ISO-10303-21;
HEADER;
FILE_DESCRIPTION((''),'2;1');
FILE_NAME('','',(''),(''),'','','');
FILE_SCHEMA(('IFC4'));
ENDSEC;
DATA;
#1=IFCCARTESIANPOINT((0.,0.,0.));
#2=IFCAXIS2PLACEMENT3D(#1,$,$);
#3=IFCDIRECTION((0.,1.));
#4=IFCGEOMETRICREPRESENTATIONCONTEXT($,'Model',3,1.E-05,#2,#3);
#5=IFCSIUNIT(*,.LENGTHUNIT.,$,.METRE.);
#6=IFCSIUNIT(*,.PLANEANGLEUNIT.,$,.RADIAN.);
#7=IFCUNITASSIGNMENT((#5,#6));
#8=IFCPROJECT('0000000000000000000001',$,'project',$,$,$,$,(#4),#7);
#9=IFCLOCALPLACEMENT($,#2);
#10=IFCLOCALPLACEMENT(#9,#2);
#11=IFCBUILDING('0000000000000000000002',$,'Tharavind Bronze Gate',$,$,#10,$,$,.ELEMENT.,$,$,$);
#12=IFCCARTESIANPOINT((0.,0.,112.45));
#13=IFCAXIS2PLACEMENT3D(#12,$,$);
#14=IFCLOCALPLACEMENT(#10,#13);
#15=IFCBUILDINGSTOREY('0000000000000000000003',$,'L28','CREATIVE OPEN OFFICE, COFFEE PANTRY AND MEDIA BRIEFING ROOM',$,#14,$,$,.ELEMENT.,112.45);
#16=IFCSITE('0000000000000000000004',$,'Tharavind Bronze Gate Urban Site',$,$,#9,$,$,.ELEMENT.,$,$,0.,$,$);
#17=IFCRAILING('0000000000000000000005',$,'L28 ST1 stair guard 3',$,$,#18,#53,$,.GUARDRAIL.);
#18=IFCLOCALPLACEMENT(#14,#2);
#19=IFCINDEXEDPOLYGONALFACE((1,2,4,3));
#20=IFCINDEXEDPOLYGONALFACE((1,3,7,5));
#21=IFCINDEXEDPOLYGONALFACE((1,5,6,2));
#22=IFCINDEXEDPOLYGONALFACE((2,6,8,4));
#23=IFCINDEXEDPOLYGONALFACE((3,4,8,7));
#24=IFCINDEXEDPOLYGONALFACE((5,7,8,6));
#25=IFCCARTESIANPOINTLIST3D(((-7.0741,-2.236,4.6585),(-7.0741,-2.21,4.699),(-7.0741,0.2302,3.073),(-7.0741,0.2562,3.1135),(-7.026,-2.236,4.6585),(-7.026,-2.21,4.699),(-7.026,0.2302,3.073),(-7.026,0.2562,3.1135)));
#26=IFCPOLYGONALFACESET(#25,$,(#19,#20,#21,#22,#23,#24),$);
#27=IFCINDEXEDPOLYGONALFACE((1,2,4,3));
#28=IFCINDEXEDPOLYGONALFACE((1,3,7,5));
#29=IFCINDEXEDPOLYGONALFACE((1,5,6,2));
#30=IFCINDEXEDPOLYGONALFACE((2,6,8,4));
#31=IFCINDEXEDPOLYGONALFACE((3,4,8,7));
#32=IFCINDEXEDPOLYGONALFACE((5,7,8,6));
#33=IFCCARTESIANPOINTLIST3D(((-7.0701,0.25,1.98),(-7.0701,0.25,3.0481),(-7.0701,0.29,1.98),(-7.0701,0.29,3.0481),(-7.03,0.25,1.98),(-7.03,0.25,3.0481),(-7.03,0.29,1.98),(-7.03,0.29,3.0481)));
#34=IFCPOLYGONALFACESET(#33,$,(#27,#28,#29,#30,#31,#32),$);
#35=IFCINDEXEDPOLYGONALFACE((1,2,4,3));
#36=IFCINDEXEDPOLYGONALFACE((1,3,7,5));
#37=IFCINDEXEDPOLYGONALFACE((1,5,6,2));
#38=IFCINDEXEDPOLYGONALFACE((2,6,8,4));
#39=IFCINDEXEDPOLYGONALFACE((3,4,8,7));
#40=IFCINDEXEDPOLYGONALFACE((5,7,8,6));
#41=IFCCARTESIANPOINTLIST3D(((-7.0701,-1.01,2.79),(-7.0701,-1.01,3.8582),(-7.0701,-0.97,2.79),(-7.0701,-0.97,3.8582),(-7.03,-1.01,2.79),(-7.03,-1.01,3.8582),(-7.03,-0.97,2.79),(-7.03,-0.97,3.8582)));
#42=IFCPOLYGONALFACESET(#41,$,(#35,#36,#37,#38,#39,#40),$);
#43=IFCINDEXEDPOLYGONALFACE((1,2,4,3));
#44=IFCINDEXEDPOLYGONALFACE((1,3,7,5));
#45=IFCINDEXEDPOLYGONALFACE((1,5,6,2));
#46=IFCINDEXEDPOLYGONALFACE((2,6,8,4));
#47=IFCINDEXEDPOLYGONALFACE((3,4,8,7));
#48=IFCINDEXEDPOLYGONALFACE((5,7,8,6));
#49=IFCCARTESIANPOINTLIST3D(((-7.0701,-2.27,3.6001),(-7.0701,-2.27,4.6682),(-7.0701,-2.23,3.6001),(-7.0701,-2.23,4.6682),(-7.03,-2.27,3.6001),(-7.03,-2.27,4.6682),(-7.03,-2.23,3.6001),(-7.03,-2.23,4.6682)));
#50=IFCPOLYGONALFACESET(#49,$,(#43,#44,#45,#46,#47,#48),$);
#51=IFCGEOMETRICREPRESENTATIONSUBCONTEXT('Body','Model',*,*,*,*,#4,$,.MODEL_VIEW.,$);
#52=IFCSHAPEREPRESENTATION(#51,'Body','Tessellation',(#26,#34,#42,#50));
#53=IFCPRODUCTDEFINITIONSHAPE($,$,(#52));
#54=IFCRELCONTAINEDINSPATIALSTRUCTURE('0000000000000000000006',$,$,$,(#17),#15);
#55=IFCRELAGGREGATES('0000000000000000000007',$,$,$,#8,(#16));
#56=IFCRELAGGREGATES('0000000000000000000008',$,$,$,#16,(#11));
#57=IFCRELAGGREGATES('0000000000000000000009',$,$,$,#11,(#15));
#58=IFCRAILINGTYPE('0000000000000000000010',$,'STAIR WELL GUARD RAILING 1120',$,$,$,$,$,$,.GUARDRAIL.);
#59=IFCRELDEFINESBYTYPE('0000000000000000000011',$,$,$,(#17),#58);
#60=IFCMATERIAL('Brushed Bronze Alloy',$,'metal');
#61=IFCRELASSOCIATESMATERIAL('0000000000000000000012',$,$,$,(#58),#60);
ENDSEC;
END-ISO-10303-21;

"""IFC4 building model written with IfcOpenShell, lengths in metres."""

from ifc_helpers import new_model, si_unit, direction, frame, origin, origin_2d, place, context, subcontext, project, spatial, rectangle, extrude, material, type_object, element, save


model = new_model("IFC4")

# Units and contexts
model_context = context("Model", 3, precision=1e-05, world=origin(), true_north=direction((0.0, 1.0)))
body_context = subcontext(model_context, "Body", "Model", "MODEL_VIEW")
ifc_project = project(units=[si_unit("LENGTHUNIT", "METRE"), si_unit("PLANEANGLEUNIT", "RADIAN")], contexts=[model_context])

# Site, building, storey
site_placement = place(None, origin())
site = spatial("IfcSite", under=ifc_project, at=site_placement, Name="Tharavind Bronze Gate Urban Site", CompositionType="ELEMENT", RefElevation=0.0)
building_placement = place(site_placement, origin())
building = spatial("IfcBuilding", under=site, at=building_placement, Name="Tharavind Bronze Gate", CompositionType="ELEMENT")
storey_placement = place(building_placement, frame((0.0, 0.0, 112.45)))
storey = spatial("IfcBuildingStorey", under=building, at=storey_placement, Name="L28", Description="CREATIVE OPEN OFFICE, COFFEE PANTRY AND MEDIA BRIEFING ROOM", CompositionType="ELEMENT", Elevation=112.45)

# Railing
ifc_material_1 = material(Name="Brushed Bronze Alloy", Category="metal")
railing_type_1 = type_object("IfcRailingType", Name="STAIR WELL GUARD RAILING 1120", PredefinedType="GUARDRAIL", material=ifc_material_1)
railing_1_placement = place(storey_placement, frame((-7.05, 0.27, 1.98)))
element("IfcRailing", 1, at=railing_1_placement, inside=storey, type_object=railing_type_1, Name="L28 ST1 stair guard 3", PredefinedType="GUARDRAIL", context=body_context, shape_type="SweptSolid", body=[
    extrude(rectangle(XDim=0.0481, YDim=0.0481, at=origin_2d()), frame((0.0, -0.0269, 1.1133), z_axis=(0.0, -0.841163, 0.540782), x_axis=(1.0, 0.0, 0.0)), (0.0, 0.0, 1.0), 2.9319),
    extrude(rectangle(XDim=0.04, YDim=0.04, at=origin_2d()), origin(), (0.0, 0.0, 1.0), 1.0681),
    extrude(rectangle(XDim=0.04, YDim=0.04, at=origin_2d()), frame((0.0, -1.26, 0.8101)), (0.0, 0.0, 1.0), 1.0681),
    extrude(rectangle(XDim=0.04, YDim=0.04, at=origin_2d()), frame((0.0, -2.52, 1.6201)), (0.0, 0.0, 1.0), 1.0681),
])

save(model, "model.ifc")
